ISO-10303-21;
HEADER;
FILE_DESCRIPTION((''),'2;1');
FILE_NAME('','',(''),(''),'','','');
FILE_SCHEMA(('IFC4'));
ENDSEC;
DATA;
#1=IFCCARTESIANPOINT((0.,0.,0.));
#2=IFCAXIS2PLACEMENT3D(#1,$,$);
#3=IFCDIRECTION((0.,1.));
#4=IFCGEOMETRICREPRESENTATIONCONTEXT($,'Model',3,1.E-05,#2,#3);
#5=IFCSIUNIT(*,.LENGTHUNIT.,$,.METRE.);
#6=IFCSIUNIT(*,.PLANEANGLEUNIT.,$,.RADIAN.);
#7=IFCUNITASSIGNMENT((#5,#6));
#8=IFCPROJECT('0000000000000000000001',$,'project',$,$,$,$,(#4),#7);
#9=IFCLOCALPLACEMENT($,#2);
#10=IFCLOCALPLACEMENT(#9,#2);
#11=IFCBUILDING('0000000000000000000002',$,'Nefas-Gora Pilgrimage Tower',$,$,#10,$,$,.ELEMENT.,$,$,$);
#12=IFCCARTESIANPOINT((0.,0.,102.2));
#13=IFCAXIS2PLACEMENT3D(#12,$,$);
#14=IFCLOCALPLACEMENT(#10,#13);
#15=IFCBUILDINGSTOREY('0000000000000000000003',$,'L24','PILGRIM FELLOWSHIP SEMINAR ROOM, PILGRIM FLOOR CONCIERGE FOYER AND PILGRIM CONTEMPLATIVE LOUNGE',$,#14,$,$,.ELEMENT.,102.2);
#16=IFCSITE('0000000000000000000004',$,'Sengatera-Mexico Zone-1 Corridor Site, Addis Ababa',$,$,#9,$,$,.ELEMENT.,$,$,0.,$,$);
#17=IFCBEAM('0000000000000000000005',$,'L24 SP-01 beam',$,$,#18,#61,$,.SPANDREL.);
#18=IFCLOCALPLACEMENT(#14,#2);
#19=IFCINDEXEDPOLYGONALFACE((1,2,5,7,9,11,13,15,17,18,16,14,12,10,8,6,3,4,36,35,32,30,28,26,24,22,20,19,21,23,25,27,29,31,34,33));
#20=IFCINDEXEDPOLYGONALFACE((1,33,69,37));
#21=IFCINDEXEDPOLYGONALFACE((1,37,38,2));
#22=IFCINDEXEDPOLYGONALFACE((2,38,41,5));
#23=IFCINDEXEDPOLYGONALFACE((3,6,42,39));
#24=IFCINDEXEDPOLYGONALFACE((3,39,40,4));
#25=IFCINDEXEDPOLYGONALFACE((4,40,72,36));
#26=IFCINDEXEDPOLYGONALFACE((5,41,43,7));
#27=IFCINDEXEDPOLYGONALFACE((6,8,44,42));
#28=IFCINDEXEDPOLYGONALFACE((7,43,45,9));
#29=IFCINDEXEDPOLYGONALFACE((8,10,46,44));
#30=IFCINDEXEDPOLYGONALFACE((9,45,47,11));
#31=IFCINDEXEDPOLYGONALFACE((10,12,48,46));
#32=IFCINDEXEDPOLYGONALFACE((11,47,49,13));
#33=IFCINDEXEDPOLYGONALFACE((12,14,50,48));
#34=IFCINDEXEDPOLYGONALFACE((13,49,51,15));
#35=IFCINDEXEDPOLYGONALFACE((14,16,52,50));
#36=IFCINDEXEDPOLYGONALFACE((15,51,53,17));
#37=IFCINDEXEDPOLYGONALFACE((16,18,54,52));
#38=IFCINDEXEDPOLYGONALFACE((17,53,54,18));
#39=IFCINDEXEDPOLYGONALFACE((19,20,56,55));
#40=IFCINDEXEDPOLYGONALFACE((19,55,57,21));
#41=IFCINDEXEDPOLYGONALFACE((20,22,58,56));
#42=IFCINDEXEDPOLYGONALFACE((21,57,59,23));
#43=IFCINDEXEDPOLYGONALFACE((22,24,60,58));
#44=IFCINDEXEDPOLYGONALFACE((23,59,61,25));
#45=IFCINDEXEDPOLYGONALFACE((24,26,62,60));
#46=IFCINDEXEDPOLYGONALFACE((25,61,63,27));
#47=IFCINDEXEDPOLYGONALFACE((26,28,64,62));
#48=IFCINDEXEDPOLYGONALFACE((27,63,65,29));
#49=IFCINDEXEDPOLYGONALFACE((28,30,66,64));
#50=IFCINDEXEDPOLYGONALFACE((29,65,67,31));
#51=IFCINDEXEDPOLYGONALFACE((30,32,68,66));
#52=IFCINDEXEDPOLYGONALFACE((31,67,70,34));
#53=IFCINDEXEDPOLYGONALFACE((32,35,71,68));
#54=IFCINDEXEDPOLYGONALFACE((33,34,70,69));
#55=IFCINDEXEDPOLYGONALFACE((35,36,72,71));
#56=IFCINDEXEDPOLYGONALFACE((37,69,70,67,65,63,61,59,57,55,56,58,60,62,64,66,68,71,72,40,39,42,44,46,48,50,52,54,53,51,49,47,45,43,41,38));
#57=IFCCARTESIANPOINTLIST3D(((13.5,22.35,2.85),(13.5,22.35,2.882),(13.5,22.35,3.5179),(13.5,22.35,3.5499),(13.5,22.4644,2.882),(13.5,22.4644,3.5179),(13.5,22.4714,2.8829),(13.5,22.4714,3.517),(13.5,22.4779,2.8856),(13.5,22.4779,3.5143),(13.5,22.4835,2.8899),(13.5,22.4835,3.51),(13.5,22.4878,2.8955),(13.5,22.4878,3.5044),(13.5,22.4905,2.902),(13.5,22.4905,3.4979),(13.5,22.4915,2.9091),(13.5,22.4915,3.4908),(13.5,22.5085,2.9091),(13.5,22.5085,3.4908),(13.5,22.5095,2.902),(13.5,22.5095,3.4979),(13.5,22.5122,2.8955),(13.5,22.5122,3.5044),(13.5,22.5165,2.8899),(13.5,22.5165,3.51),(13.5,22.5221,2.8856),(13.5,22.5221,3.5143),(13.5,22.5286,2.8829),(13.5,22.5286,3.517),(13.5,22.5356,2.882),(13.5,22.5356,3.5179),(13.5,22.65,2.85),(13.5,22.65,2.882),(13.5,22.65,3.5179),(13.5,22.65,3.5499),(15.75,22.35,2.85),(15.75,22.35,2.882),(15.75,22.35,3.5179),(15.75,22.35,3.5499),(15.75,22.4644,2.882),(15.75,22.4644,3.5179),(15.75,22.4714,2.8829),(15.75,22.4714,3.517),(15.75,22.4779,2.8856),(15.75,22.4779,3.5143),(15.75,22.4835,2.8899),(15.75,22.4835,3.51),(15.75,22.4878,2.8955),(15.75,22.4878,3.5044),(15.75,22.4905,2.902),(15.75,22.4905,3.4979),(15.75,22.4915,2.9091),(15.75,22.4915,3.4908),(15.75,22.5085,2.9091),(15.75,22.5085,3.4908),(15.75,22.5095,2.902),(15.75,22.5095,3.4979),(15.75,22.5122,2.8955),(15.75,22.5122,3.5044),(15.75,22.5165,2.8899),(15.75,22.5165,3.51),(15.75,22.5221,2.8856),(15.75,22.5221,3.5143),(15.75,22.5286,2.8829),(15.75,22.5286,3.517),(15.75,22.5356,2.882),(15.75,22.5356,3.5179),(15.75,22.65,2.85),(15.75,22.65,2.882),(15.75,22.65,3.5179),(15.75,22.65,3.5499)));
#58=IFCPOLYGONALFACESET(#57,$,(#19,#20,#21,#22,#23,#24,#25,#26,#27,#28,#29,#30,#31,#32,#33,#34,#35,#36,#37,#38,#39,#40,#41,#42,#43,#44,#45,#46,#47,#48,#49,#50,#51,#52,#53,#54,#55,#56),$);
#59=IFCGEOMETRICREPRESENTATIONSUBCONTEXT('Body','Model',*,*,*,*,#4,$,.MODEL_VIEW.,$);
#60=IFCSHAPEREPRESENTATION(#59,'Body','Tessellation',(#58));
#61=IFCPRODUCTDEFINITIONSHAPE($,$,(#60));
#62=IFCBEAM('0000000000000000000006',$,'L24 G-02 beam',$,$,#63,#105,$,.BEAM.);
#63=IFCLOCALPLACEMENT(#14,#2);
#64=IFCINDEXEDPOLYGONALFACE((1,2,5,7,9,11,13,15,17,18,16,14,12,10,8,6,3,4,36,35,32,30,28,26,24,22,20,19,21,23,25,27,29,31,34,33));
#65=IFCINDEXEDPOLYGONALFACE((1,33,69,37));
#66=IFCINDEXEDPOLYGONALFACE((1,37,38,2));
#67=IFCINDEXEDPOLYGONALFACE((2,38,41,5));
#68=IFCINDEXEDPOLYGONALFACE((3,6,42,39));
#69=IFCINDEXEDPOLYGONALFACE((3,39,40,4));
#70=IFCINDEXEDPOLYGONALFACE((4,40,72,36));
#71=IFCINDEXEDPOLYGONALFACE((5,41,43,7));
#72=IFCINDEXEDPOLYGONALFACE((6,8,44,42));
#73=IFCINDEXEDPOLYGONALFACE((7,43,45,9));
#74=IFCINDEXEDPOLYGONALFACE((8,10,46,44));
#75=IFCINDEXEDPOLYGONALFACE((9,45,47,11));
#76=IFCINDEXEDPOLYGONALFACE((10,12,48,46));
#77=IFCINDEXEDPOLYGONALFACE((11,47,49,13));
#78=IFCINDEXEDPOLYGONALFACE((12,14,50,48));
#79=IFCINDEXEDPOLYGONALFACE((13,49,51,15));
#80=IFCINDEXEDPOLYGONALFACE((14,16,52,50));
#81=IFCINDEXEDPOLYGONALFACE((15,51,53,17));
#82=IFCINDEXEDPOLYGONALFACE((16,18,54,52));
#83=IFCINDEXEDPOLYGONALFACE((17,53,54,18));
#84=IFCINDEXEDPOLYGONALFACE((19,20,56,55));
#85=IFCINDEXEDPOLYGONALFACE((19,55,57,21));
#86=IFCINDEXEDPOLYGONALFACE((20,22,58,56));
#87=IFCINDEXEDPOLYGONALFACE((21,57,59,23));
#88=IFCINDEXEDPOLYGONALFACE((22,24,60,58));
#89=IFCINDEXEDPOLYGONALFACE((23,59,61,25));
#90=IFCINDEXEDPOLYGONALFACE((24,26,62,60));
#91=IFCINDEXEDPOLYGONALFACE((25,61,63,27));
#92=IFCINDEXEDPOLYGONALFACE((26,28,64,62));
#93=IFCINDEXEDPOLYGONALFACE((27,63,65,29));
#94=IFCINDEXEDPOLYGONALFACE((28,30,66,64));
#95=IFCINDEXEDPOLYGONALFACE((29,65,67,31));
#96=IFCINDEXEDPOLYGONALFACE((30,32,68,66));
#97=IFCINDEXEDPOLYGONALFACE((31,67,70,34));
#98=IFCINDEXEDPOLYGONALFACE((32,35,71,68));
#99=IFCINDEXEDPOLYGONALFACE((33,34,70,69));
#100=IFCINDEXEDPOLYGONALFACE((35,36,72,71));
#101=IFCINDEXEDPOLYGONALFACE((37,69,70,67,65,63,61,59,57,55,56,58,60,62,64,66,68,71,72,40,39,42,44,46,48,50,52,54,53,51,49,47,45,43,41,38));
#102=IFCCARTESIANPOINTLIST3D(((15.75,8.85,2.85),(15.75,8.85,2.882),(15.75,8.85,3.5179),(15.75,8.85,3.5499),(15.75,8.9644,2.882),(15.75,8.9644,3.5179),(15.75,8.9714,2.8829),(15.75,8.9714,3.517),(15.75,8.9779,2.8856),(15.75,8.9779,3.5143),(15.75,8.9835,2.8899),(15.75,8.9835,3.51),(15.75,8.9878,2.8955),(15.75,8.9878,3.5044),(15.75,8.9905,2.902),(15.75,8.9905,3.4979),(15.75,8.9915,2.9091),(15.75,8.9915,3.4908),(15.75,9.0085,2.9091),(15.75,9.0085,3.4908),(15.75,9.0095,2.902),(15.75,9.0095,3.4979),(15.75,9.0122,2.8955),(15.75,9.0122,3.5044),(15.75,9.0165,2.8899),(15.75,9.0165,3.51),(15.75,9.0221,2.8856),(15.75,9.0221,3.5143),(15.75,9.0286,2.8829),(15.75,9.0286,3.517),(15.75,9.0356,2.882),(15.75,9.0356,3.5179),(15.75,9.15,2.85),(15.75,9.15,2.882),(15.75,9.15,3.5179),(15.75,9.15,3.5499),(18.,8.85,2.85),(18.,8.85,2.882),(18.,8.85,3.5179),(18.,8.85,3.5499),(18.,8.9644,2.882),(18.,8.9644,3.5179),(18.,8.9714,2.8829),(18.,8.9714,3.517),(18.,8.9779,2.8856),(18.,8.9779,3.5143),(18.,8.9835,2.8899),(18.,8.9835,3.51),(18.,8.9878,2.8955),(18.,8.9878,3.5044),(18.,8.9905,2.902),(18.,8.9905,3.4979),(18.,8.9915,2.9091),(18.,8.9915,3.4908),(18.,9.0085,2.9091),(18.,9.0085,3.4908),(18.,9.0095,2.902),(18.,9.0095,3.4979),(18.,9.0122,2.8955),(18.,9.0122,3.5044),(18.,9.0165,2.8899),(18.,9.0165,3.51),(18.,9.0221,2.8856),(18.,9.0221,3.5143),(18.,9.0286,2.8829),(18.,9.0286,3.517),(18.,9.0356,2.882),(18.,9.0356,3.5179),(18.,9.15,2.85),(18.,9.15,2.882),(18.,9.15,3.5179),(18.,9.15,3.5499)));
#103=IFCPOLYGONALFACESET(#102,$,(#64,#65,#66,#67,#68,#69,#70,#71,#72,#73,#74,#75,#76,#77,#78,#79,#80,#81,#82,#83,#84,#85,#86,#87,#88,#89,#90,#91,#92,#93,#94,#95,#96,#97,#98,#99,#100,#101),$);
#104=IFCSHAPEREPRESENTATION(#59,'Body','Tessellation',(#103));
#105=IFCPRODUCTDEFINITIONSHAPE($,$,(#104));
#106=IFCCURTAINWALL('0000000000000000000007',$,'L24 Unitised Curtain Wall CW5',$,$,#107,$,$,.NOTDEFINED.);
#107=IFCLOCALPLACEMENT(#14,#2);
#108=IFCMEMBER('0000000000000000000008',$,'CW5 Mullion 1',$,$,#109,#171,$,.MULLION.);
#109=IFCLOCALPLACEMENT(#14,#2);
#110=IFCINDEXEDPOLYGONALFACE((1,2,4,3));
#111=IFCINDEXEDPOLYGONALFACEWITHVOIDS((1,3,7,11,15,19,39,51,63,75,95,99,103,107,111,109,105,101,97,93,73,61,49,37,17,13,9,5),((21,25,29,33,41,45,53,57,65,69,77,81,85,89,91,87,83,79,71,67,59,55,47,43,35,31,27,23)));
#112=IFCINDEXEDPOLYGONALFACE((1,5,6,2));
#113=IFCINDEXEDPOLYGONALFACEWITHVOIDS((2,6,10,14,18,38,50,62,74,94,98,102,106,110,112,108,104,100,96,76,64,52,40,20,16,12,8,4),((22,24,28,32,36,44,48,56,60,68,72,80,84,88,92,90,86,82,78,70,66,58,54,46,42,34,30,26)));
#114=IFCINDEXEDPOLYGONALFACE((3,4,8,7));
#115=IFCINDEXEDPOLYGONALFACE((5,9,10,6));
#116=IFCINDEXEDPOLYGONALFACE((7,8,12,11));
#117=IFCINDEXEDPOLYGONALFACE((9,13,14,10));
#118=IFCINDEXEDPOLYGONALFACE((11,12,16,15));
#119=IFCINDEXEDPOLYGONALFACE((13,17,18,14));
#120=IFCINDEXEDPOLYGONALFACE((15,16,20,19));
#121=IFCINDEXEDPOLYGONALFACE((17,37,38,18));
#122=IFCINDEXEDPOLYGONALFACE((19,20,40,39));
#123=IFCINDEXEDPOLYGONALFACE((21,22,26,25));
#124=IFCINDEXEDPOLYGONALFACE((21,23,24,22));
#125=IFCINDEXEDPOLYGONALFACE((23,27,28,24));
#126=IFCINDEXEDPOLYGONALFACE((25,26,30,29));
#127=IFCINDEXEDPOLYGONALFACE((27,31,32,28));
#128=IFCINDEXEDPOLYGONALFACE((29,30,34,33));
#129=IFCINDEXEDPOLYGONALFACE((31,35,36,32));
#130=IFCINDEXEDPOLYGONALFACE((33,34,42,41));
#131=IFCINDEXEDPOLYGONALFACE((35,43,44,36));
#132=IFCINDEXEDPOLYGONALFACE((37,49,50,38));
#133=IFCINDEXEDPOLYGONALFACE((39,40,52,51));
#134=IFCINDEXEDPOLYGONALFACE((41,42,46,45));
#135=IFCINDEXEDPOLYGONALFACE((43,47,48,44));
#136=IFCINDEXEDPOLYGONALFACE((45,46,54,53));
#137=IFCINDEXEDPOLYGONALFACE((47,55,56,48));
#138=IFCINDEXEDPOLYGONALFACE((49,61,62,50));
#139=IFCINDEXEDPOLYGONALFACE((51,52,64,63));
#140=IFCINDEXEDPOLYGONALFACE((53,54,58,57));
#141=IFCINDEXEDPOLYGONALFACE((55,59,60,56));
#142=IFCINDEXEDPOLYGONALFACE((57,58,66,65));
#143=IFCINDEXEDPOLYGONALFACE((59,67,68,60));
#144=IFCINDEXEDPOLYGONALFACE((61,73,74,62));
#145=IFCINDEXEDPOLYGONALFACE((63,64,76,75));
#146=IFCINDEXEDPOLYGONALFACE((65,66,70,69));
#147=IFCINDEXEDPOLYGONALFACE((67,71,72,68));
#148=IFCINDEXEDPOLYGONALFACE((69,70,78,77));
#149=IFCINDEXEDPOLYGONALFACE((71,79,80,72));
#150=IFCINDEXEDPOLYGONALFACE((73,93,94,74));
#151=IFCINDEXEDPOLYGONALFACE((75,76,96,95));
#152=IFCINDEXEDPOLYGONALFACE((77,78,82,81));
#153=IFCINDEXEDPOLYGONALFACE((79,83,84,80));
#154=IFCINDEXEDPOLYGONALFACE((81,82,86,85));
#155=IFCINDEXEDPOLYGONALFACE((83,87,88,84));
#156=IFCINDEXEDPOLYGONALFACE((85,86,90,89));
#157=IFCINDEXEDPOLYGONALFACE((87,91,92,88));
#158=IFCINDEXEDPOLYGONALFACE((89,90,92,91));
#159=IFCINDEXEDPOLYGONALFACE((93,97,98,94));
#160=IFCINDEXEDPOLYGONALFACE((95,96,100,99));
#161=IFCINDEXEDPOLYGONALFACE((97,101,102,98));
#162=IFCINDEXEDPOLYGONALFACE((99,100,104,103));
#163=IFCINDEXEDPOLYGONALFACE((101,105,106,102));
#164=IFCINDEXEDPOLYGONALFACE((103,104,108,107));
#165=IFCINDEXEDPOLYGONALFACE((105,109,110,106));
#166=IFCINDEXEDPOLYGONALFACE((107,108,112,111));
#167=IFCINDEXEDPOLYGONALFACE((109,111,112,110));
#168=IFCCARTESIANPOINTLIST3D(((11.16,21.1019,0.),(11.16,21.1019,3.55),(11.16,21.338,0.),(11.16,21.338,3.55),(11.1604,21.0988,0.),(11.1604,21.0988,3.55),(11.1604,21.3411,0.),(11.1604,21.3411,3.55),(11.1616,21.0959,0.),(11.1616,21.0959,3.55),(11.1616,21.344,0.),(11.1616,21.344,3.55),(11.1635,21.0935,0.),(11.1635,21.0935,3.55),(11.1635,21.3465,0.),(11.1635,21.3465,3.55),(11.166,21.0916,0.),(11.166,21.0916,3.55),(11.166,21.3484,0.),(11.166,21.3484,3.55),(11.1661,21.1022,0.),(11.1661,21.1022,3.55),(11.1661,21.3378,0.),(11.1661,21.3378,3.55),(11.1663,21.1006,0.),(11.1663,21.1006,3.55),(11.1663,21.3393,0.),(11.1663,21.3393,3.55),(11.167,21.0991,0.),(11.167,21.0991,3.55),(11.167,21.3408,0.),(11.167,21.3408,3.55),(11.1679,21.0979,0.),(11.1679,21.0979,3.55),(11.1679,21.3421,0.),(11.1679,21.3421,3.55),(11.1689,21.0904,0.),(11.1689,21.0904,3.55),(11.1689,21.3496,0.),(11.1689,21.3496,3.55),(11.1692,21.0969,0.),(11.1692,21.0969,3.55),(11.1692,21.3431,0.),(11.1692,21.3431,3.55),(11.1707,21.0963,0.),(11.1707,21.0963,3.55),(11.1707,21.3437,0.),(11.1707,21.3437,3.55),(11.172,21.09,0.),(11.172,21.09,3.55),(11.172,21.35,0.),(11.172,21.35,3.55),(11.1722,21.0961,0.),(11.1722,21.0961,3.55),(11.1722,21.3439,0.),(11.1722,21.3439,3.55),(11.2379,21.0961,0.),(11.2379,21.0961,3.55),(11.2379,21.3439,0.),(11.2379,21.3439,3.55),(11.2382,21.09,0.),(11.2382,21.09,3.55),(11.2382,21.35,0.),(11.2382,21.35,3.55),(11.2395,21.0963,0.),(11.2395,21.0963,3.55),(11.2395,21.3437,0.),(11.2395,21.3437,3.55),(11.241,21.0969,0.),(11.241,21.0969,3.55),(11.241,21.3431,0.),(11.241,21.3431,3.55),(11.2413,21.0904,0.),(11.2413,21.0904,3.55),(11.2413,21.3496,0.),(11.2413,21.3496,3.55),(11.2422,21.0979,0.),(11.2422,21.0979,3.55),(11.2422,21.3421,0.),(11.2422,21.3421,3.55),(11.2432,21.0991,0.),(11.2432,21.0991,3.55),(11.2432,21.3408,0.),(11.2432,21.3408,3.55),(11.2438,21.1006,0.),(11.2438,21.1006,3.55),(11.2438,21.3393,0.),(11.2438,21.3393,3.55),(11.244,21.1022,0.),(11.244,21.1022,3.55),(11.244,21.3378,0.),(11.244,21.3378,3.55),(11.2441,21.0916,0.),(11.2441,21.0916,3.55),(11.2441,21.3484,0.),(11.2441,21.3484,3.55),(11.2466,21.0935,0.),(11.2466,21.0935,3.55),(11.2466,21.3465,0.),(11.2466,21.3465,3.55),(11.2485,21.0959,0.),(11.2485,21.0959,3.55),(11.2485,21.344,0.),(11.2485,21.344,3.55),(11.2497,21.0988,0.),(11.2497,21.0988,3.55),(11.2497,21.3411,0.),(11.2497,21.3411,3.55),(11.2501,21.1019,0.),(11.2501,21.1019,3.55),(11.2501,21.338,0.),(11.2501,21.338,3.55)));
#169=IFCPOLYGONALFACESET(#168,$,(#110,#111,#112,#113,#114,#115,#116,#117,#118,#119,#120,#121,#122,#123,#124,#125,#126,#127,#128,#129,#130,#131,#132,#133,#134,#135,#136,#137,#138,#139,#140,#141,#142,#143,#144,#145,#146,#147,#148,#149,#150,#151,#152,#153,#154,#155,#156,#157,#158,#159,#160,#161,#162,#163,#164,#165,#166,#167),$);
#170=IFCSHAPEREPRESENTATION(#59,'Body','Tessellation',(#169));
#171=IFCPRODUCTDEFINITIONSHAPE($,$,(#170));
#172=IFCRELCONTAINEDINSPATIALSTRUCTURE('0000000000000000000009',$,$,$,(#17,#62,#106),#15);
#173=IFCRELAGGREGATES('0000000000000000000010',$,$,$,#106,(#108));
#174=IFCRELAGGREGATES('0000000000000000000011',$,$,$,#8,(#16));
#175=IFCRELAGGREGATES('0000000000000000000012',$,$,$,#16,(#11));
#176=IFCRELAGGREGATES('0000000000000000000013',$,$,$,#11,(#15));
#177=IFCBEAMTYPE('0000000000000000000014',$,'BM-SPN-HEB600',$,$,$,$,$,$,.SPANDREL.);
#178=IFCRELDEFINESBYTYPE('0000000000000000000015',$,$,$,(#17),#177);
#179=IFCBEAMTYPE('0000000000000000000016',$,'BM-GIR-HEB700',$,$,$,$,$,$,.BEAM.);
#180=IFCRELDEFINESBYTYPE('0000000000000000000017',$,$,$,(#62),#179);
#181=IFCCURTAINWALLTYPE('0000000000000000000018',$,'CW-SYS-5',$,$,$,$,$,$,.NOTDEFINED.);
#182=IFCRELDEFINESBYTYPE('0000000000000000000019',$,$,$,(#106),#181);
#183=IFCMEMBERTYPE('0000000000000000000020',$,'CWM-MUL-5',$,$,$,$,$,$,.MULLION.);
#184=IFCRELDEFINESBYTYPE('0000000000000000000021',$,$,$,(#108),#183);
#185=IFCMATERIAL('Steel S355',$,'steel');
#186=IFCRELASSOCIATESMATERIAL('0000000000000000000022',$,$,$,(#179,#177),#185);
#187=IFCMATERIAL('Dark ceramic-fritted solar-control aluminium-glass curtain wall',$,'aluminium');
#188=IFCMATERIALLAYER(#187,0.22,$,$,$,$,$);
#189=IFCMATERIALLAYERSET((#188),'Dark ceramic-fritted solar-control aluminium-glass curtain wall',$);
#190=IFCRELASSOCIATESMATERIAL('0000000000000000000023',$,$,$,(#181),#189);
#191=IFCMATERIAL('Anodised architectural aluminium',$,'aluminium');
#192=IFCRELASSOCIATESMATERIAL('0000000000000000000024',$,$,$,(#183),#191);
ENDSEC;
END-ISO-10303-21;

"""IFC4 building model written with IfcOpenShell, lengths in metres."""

from ifc_helpers import new_model, si_unit, direction, frame, origin, origin_2d, place, context, subcontext, project, spatial, hollow_rectangle, i_section, extrude, source, transform, mapped, material, layer, layer_set, material_profile, profile_set, type_object, element, aggregate, save


model = new_model("IFC4")

# Units and contexts
model_context = context("Model", 3, precision=1e-05, world=origin(), true_north=direction((0.0, 1.0)))
body_context = subcontext(model_context, "Body", "Model", "MODEL_VIEW")
ifc_project = project(units=[si_unit("LENGTHUNIT", "METRE"), si_unit("PLANEANGLEUNIT", "RADIAN")], contexts=[model_context])

# Site, building, storey
site_placement = place(None, origin())
site = spatial("IfcSite", under=ifc_project, at=site_placement, Name="Sengatera-Mexico Zone-1 Corridor Site, Addis Ababa", CompositionType="ELEMENT", RefElevation=0.0)
building_placement = place(site_placement, origin())
building = spatial("IfcBuilding", under=site, at=building_placement, Name="Nefas-Gora Pilgrimage Tower", CompositionType="ELEMENT")
storey_placement = place(building_placement, frame((0.0, 0.0, 102.2)))
storey = spatial("IfcBuildingStorey", under=building, at=storey_placement, Name="L24", Description="PILGRIM FELLOWSHIP SEMINAR ROOM, PILGRIM FLOOR CONCIERGE FOYER AND PILGRIM CONTEMPLATIVE LOUNGE", CompositionType="ELEMENT", Elevation=102.2)

# Beams
ifc_material_1 = material(Name="Steel S355", Category="steel")
ifc_material_profile_1 = material_profile(ifc_material_1, i_section(OverallWidth=0.3, OverallDepth=0.7, WebThickness=0.0171, FlangeThickness=0.032, FilletRadius=0.0271, at=origin_2d()), Name="HEB 700")
ifc_profile_set_1 = profile_set([ifc_material_profile_1], Name="Steel S355")
beam_type_1 = type_object("IfcBeamType", Name="BM-GIR-HEB700", PredefinedType="BEAM", material=ifc_profile_set_1)
ifc_material_profile_2 = material_profile(ifc_material_1, i_section(OverallWidth=0.3, OverallDepth=0.7, WebThickness=0.0171, FlangeThickness=0.032, FilletRadius=0.0271, at=origin_2d()), Name="HEB 700")
ifc_profile_set_2 = profile_set([ifc_material_profile_2], Name="Steel S355")
beam_type_2 = type_object("IfcBeamType", Name="BM-SPN-HEB600", PredefinedType="SPANDREL", material=ifc_profile_set_2)
shared_shape_1 = source(origin(), body_context, "Body", "SweptSolid", [
    extrude(i_section(OverallWidth=0.3, OverallDepth=0.7, WebThickness=0.0171, FlangeThickness=0.032, FilletRadius=0.0271, at=origin_2d()), origin(), (0.0, 0.0, 1.0), 2.25),
])
beam_1_placement = place(storey_placement, frame((13.5, 22.5, 3.2), z_axis=(1.0, 0.0, 0.0), x_axis=(0.0, 1.0, 0.0)))
element("IfcBeam", 1, at=beam_1_placement, inside=storey, type_object=beam_type_2, Name="L24 SP-01 beam", PredefinedType="SPANDREL", context=body_context, shape_type="MappedRepresentation", body=[
    mapped(shared_shape_1, transform((0.0, 0.0, 0.0), x_axis=(1.0, 0.0, 0.0), y_axis=(0.0, 1.0, 0.0), z_axis=(0.0, 0.0, 1.0), scale=1.0)),
])
shared_shape_2 = source(origin(), body_context, "Body", "SweptSolid", [
    extrude(i_section(OverallWidth=0.3, OverallDepth=0.7, WebThickness=0.0171, FlangeThickness=0.032, FilletRadius=0.0271, at=origin_2d()), origin(), (0.0, 0.0, 1.0), 2.25),
])
beam_2_placement = place(storey_placement, frame((15.75, 9.0, 3.2), z_axis=(1.0, 0.0, 0.0), x_axis=(0.0, 1.0, 0.0)))
element("IfcBeam", 2, at=beam_2_placement, inside=storey, type_object=beam_type_1, Name="L24 G-02 beam", PredefinedType="BEAM", context=body_context, shape_type="MappedRepresentation", body=[
    mapped(shared_shape_2, transform((0.0, 0.0, 0.0), x_axis=(1.0, 0.0, 0.0), y_axis=(0.0, 1.0, 0.0), z_axis=(0.0, 0.0, 1.0), scale=1.0)),
])

# Curtain wall, member
ifc_material_2 = material(Name="Dark ceramic-fritted solar-control aluminium-glass curtain wall", Category="aluminium")
ifc_layer_1 = layer(ifc_material_2, 0.22)
ifc_layer_set_1 = layer_set([ifc_layer_1], Name="Dark ceramic-fritted solar-control aluminium-glass curtain wall")
curtain_wall_type_1 = type_object("IfcCurtainWallType", Name="CW-SYS-5", PredefinedType="NOTDEFINED", material=ifc_layer_set_1)
curtain_wall_1_placement = place(storey_placement, origin())
curtain_wall_1 = element("IfcCurtainWall", 3, at=curtain_wall_1_placement, inside=storey, type_object=curtain_wall_type_1, Name="L24 Unitised Curtain Wall CW5", PredefinedType="NOTDEFINED")
ifc_material_3 = material(Name="Anodised architectural aluminium", Category="aluminium")
ifc_material_profile_3 = material_profile(ifc_material_3, hollow_rectangle(XDim=0.0901, YDim=0.26, WallThickness=0.0061, InnerFilletRadius=0.0061, OuterFilletRadius=0.012, at=origin_2d()), Name="ALU MULLION 90x260")
ifc_profile_set_3 = profile_set([ifc_material_profile_3], Name="Anodised architectural aluminium")
member_type_1 = type_object("IfcMemberType", Name="CWM-MUL-5", PredefinedType="MULLION", material=ifc_profile_set_3)
shared_shape_3 = source(origin(), body_context, "Body", "SweptSolid", [
    extrude(hollow_rectangle(XDim=0.0901, YDim=0.26, WallThickness=0.0061, InnerFilletRadius=0.0061, OuterFilletRadius=0.012, at=origin_2d()), origin(), (0.0, 0.0, 1.0), 3.55),
])
member_1_placement = place(storey_placement, frame((11.2051, 21.22, 0.0), z_axis=(0.0, 0.0, 1.0), x_axis=(-1.0, 0.0, 0.0)))
member_1 = element("IfcMember", 4, at=member_1_placement, type_object=member_type_1, Name="CW5 Mullion 1", PredefinedType="MULLION", context=body_context, shape_type="MappedRepresentation", body=[
    mapped(shared_shape_3, transform((0.0, 0.0, 0.0), x_axis=(1.0, 0.0, 0.0), y_axis=(0.0, 1.0, 0.0), z_axis=(0.0, 0.0, 1.0), scale=1.0)),
])

aggregate(curtain_wall_1, [member_1])

save(model, "model.ifc")
